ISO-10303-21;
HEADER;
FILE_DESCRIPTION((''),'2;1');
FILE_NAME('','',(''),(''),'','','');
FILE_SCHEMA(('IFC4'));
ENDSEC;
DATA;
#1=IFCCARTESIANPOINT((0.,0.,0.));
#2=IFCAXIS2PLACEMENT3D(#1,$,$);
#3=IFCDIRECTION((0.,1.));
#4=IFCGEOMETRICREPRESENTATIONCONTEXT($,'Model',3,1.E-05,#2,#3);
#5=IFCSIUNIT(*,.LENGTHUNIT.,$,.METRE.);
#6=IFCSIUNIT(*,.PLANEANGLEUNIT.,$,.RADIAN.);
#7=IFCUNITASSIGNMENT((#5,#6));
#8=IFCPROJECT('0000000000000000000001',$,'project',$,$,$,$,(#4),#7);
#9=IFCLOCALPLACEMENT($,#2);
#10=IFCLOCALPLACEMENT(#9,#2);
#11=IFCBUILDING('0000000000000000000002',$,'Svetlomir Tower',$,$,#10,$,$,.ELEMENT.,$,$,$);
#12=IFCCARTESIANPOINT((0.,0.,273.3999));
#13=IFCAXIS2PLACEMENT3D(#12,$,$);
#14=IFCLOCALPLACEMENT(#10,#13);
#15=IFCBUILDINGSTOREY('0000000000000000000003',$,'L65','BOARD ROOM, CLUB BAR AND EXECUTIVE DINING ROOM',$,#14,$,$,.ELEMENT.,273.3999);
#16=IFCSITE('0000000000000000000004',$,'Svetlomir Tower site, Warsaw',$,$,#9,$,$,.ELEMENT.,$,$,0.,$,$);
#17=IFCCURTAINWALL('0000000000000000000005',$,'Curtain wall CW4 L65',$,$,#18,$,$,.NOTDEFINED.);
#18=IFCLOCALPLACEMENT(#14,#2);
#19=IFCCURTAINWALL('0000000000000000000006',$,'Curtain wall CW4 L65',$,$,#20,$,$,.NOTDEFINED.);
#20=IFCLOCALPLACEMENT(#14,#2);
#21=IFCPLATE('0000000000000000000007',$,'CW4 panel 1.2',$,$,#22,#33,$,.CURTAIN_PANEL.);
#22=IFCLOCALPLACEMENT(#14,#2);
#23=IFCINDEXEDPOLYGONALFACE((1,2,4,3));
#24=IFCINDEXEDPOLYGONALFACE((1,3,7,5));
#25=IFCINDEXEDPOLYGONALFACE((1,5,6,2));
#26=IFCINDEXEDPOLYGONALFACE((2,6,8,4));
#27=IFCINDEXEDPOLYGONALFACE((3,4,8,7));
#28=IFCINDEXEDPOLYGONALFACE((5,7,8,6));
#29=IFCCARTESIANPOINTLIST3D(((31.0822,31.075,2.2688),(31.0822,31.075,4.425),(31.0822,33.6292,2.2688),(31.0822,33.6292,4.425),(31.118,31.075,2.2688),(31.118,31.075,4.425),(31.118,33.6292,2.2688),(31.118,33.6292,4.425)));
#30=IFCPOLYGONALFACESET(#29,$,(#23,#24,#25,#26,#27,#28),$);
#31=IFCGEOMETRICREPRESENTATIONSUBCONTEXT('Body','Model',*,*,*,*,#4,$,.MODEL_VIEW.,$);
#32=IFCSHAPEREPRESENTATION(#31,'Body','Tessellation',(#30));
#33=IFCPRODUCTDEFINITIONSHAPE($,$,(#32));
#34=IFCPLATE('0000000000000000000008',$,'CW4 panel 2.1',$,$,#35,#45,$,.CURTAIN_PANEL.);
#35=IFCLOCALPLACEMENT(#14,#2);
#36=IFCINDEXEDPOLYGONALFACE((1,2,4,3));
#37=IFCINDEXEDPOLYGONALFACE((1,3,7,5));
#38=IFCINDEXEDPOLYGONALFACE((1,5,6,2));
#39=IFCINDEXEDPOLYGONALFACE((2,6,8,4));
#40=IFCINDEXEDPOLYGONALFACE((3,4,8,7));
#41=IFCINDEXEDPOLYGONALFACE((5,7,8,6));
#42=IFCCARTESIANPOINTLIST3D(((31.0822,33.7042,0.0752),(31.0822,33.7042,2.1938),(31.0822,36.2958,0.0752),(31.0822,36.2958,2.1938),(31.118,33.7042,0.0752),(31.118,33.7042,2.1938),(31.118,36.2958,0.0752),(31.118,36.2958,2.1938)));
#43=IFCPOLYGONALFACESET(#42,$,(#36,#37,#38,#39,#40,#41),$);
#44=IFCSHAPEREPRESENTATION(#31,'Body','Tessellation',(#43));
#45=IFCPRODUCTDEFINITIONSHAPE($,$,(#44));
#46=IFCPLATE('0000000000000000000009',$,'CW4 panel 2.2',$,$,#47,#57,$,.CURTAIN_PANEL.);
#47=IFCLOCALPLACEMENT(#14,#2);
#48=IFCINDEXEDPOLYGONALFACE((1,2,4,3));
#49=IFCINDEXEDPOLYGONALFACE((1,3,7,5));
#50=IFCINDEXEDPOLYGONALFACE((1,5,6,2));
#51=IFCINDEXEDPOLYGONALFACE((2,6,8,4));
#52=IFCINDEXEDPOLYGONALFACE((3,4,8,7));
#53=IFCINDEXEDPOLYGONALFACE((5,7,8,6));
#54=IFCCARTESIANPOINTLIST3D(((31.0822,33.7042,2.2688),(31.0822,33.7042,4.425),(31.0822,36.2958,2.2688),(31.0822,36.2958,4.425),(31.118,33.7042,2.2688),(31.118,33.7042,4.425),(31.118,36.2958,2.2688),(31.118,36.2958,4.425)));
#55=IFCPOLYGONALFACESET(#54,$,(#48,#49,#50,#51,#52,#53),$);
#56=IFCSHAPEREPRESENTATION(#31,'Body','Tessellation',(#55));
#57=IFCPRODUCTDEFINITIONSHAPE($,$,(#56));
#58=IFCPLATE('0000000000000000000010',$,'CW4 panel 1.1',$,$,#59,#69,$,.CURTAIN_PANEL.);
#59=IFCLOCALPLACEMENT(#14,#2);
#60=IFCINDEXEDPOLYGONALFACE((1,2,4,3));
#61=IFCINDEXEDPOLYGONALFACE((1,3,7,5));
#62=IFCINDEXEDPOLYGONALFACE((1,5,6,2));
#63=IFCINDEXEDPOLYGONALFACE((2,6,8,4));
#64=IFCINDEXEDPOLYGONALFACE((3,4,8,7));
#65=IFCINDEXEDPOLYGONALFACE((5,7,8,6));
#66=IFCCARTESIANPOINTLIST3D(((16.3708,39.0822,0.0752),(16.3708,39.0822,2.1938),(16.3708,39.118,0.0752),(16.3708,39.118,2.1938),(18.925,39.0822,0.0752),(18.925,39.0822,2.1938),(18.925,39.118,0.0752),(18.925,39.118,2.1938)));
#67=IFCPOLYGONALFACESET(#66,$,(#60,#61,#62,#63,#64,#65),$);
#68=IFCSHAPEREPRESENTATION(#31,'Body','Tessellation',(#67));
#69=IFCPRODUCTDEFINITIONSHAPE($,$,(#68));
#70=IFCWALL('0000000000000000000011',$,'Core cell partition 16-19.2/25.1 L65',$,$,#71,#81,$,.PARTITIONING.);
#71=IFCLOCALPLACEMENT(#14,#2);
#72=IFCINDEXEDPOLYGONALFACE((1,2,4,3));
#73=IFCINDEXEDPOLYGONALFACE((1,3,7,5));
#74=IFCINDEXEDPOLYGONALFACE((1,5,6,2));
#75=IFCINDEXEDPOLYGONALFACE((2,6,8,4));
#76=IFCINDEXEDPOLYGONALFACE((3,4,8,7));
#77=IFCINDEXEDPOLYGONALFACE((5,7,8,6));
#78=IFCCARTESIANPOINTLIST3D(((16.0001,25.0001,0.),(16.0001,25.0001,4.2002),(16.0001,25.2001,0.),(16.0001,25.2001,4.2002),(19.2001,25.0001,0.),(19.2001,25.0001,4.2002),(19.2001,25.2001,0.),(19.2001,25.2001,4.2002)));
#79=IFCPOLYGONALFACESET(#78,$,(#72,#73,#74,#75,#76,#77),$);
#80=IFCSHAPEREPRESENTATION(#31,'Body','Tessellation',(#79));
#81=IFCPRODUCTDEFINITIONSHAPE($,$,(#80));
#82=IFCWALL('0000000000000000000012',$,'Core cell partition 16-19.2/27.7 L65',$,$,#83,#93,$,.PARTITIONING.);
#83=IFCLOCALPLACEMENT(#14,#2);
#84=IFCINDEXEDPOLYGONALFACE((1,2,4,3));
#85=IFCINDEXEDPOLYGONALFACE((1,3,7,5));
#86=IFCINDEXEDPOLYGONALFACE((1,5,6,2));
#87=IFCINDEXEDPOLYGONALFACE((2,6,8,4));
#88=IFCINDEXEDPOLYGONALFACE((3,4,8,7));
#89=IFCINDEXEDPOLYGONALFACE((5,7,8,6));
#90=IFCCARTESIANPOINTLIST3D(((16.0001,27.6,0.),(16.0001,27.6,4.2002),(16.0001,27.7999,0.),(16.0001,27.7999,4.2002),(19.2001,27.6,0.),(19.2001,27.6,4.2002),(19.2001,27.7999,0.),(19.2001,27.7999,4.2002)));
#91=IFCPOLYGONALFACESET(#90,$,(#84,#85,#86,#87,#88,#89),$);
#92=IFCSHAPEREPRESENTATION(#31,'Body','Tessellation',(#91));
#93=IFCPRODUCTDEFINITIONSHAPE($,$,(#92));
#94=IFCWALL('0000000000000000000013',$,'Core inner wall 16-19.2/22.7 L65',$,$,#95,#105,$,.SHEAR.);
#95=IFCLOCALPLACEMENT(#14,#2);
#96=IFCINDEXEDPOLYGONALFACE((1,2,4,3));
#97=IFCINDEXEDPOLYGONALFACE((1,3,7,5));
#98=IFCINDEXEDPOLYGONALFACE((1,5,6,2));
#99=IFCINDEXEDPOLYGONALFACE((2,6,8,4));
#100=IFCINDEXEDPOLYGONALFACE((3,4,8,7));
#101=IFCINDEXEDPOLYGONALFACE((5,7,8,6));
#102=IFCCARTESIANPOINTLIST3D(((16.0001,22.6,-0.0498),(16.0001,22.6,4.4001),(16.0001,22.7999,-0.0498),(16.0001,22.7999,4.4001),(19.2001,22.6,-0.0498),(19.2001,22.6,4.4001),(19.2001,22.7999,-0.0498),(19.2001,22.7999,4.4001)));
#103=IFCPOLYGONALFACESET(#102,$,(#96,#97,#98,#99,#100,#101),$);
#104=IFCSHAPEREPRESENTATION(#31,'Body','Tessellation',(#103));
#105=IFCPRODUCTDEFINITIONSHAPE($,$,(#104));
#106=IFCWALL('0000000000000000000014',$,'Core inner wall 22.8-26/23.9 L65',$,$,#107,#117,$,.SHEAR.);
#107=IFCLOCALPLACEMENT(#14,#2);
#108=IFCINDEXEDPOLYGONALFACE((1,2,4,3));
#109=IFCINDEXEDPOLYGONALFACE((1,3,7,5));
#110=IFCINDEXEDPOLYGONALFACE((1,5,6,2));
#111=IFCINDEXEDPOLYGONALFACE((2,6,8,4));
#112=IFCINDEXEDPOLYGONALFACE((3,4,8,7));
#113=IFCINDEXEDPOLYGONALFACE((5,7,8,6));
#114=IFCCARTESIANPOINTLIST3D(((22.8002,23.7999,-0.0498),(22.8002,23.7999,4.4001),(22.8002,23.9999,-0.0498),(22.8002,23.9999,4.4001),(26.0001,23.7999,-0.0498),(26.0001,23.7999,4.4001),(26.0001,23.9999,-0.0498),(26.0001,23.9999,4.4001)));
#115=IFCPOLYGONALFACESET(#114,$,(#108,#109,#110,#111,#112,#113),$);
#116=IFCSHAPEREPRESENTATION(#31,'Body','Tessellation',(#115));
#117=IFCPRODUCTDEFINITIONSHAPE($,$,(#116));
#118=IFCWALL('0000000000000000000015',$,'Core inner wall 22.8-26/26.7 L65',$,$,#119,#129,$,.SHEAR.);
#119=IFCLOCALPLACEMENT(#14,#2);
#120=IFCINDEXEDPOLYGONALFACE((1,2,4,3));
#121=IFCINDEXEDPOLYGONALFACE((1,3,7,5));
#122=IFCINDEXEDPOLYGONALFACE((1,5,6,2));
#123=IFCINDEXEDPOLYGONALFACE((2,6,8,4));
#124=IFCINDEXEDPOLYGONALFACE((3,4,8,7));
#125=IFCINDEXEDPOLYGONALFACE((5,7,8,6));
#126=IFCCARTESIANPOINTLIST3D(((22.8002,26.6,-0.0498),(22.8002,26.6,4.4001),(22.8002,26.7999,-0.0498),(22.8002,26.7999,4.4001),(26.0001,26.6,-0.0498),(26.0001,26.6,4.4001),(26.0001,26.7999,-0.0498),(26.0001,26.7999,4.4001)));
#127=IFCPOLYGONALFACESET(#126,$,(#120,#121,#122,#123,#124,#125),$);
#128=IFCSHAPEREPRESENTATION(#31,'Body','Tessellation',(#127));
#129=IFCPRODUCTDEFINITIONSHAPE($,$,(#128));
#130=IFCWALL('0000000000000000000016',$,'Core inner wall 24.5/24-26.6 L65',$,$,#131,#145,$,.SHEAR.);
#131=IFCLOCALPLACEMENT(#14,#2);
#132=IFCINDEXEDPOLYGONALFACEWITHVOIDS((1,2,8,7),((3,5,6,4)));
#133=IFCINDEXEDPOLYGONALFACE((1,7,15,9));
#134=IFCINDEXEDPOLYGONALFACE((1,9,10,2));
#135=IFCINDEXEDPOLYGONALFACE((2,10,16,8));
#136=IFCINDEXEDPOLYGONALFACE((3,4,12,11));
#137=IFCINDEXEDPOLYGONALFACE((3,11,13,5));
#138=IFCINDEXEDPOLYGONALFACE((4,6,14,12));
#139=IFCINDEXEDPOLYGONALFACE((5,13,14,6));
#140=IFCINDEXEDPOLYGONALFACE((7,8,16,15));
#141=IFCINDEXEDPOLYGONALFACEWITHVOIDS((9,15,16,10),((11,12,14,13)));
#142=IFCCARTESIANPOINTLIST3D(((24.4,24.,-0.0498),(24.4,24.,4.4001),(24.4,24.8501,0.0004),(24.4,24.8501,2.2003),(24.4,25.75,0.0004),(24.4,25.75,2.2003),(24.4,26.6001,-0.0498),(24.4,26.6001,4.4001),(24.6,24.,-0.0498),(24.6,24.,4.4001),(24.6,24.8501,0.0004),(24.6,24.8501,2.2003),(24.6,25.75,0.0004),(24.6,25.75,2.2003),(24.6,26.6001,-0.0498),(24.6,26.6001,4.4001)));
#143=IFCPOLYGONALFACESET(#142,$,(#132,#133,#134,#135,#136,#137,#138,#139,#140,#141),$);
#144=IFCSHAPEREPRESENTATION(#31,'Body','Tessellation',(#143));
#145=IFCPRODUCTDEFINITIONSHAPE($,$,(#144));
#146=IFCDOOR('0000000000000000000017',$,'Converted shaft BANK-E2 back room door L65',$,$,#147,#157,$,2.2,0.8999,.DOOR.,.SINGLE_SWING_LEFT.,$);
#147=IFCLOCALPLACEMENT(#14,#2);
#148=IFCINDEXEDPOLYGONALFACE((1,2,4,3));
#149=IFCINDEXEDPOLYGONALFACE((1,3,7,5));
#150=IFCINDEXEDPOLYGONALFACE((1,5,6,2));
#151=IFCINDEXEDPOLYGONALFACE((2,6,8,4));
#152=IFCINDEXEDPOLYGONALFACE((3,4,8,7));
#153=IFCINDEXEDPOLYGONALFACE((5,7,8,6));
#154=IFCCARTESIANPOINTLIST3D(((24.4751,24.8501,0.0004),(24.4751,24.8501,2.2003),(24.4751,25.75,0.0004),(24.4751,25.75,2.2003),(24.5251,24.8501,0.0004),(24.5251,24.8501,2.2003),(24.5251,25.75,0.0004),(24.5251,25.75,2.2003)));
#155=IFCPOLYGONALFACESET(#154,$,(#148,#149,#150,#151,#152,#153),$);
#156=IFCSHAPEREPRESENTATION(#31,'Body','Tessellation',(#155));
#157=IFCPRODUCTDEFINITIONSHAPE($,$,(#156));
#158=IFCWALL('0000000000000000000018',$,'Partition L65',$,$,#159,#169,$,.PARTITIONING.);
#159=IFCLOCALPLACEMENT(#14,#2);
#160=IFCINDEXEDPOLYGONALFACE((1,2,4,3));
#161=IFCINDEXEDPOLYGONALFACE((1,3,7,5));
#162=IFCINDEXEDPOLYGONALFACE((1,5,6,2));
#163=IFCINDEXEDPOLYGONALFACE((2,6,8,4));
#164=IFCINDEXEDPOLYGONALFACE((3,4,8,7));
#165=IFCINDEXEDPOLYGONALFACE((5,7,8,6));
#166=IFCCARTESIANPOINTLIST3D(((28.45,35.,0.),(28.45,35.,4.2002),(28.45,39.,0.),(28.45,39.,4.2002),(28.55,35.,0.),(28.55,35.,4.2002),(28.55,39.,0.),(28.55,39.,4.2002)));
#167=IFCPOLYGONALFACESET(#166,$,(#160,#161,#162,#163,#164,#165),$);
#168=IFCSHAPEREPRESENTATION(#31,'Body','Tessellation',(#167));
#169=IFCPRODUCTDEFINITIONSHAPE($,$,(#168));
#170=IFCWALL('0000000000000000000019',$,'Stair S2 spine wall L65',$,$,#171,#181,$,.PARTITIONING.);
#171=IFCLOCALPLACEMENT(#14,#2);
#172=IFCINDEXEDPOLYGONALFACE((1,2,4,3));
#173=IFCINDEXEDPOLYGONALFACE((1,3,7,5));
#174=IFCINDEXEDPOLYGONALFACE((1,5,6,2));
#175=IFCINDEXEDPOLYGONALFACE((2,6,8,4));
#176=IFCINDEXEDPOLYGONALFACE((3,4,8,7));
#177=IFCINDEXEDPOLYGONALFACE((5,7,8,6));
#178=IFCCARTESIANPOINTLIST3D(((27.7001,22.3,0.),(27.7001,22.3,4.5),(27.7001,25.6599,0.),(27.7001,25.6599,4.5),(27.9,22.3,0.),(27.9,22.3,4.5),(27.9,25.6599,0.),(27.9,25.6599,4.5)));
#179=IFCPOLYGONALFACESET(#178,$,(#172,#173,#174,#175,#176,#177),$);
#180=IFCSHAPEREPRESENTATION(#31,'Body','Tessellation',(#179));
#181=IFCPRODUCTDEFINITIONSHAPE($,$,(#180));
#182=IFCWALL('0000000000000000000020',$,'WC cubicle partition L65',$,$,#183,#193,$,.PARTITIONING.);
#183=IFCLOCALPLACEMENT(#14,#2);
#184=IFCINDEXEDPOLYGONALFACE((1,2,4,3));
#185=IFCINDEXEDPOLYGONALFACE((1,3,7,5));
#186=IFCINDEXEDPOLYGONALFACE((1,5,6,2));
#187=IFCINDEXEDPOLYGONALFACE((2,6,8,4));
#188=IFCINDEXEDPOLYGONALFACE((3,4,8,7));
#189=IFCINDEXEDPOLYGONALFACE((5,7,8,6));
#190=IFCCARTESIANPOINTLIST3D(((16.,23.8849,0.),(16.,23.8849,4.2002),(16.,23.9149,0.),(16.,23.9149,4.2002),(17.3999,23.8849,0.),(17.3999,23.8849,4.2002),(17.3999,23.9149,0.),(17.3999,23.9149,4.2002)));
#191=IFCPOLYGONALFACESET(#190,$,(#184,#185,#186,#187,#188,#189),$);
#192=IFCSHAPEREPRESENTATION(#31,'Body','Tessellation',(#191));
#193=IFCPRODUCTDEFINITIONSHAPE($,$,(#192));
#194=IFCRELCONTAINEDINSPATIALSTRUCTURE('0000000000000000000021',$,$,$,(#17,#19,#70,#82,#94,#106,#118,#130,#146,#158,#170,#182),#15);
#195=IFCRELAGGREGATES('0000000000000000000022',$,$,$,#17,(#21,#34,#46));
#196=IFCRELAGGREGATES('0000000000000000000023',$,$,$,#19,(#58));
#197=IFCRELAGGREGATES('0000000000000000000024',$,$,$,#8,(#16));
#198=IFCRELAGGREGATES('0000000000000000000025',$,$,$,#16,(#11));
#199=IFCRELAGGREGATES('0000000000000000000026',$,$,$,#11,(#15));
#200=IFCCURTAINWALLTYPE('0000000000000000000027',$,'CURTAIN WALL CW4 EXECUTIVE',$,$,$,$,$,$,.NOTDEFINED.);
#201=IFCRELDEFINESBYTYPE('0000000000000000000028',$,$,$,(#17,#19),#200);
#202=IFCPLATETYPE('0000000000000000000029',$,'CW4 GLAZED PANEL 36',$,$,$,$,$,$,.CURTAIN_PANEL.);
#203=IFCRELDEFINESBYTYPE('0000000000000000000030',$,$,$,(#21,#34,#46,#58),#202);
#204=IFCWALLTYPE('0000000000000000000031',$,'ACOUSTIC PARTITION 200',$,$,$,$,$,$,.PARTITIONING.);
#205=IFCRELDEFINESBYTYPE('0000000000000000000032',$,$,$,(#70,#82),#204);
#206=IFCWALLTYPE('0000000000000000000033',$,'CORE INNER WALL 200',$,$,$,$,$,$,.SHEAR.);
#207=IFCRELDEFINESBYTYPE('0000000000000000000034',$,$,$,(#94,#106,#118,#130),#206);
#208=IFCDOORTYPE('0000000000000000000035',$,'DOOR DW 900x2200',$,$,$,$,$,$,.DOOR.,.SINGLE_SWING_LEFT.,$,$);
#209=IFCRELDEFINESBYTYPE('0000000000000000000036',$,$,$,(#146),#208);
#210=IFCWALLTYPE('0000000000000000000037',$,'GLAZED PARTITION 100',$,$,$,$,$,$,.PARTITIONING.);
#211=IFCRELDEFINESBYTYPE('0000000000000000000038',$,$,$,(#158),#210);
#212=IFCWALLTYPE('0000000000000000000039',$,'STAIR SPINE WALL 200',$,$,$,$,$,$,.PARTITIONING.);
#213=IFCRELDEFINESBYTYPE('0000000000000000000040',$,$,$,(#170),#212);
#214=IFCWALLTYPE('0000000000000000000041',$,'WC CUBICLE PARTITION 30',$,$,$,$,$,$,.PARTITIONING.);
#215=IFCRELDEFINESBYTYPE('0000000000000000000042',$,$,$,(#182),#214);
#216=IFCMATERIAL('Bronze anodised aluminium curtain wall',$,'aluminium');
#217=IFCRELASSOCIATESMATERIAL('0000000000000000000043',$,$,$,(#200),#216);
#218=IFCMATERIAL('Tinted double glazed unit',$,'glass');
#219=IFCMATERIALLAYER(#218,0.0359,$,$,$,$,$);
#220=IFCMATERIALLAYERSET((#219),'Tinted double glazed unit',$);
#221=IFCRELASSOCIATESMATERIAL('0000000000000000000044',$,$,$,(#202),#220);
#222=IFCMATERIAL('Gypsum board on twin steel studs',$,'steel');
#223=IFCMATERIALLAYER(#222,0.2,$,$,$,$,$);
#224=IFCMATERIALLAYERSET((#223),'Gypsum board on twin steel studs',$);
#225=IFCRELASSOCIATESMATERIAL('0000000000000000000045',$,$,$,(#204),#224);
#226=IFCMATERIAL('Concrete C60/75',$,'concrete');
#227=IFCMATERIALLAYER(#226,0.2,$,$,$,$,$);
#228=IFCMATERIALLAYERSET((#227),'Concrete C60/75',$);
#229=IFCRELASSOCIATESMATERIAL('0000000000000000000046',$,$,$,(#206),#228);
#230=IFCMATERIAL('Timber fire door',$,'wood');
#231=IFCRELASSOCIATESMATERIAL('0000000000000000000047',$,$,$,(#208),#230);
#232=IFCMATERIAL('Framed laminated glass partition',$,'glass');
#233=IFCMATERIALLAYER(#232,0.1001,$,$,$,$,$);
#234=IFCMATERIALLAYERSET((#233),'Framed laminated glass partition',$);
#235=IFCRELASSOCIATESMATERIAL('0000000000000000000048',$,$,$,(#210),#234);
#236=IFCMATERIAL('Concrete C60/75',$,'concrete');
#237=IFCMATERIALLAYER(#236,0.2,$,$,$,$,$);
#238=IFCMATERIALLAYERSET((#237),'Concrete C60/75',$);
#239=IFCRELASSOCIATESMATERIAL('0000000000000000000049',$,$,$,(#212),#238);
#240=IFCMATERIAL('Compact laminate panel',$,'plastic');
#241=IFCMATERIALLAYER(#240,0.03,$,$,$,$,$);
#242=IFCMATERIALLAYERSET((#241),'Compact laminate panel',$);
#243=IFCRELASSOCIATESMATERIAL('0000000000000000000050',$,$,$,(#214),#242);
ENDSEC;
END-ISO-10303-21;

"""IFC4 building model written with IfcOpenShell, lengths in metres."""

from ifc_helpers import new_model, si_unit, direction, frame, frame_2d, origin, origin_2d, place, context, subcontext, project, spatial, rectangle, extrude, material, layer, layer_set, type_object, element, fill, aggregate, save


model = new_model("IFC4")

# Units and contexts
model_context = context("Model", 3, precision=1e-05, world=origin(), true_north=direction((0.0, 1.0)))
body_context = subcontext(model_context, "Body", "Model", "MODEL_VIEW")
ifc_project = project(units=[si_unit("LENGTHUNIT", "METRE"), si_unit("PLANEANGLEUNIT", "RADIAN")], contexts=[model_context])

# Site, building, storey
site_placement = place(None, origin())
site = spatial("IfcSite", under=ifc_project, at=site_placement, Name="Svetlomir Tower site, Warsaw", CompositionType="ELEMENT", RefElevation=0.0)
building_placement = place(site_placement, origin())
building = spatial("IfcBuilding", under=site, at=building_placement, Name="Svetlomir Tower", CompositionType="ELEMENT")
storey_placement = place(building_placement, frame((0.0, 0.0, 273.3999)))
storey = spatial("IfcBuildingStorey", under=building, at=storey_placement, Name="L65", Description="BOARD ROOM, CLUB BAR AND EXECUTIVE DINING ROOM", CompositionType="ELEMENT", Elevation=273.3999)

# Shared definitions
ifc_material_1 = material(Name="Bronze anodised aluminium curtain wall", Category="aluminium")
curtain_wall_type = type_object("IfcCurtainWallType", Name="CURTAIN WALL CW4 EXECUTIVE", PredefinedType="NOTDEFINED", material=ifc_material_1)

# Curtain wall
curtain_wall_1_placement = place(storey_placement, origin())
curtain_wall_1 = element("IfcCurtainWall", 1, at=curtain_wall_1_placement, inside=storey, type_object=curtain_wall_type, Name="Curtain wall CW4 L65", PredefinedType="NOTDEFINED")

# Curtain wall
curtain_wall_2_placement = place(storey_placement, origin())
curtain_wall_2 = element("IfcCurtainWall", 2, at=curtain_wall_2_placement, inside=storey, type_object=curtain_wall_type, Name="Curtain wall CW4 L65", PredefinedType="NOTDEFINED")

# Plates
ifc_material_2 = material(Name="Tinted double glazed unit", Category="glass")
ifc_layer_1 = layer(ifc_material_2, 0.0359)
ifc_layer_set_1 = layer_set([ifc_layer_1], Name="Tinted double glazed unit")
plate_type = type_object("IfcPlateType", Name="CW4 GLAZED PANEL 36", PredefinedType="CURTAIN_PANEL", material=ifc_layer_set_1)
plate_1_placement = place(storey_placement, frame((31.1001, 32.3521, 2.2688), z_axis=(0.0, 0.0, 1.0), x_axis=(0.0, 1.0, 0.0)))
plate_1 = element("IfcPlate", 3, at=plate_1_placement, type_object=plate_type, Name="CW4 panel 1.2", PredefinedType="CURTAIN_PANEL", context=body_context, shape_type="SweptSolid", body=[
    extrude(rectangle(XDim=2.5542, YDim=0.0359, at=origin_2d()), origin(), (0.0, 0.0, 1.0), 2.1562),
])
plate_2_placement = place(storey_placement, frame((31.1001, 35.0, 0.0752), z_axis=(0.0, 0.0, 1.0), x_axis=(0.0, 1.0, 0.0)))
plate_2 = element("IfcPlate", 4, at=plate_2_placement, type_object=plate_type, Name="CW4 panel 2.1", PredefinedType="CURTAIN_PANEL", context=body_context, shape_type="SweptSolid", body=[
    extrude(rectangle(XDim=2.5916, YDim=0.0359, at=origin_2d()), origin(), (0.0, 0.0, 1.0), 2.1187),
])
plate_3_placement = place(storey_placement, frame((31.1001, 35.0, 2.2688), z_axis=(0.0, 0.0, 1.0), x_axis=(0.0, 1.0, 0.0)))
plate_3 = element("IfcPlate", 5, at=plate_3_placement, type_object=plate_type, Name="CW4 panel 2.2", PredefinedType="CURTAIN_PANEL", context=body_context, shape_type="SweptSolid", body=[
    extrude(rectangle(XDim=2.5916, YDim=0.0359, at=origin_2d()), origin(), (0.0, 0.0, 1.0), 2.1562),
])
aggregate(curtain_wall_1, [plate_1, plate_2, plate_3])
plate_4_placement = place(storey_placement, frame((17.6479, 39.1001, 0.0752), z_axis=(0.0, 0.0, 1.0), x_axis=(-1.0, 0.0, 0.0)))
plate_4 = element("IfcPlate", 6, at=plate_4_placement, type_object=plate_type, Name="CW4 panel 1.1", PredefinedType="CURTAIN_PANEL", context=body_context, shape_type="SweptSolid", body=[
    extrude(rectangle(XDim=2.5542, YDim=0.0359, at=origin_2d()), origin(), (0.0, 0.0, 1.0), 2.1187),
])
aggregate(curtain_wall_2, [plate_4])

# Walls
ifc_material_3 = material(Name="Gypsum board on twin steel studs", Category="steel")
ifc_layer_2 = layer(ifc_material_3, 0.2)
ifc_layer_set_2 = layer_set([ifc_layer_2], Name="Gypsum board on twin steel studs")
wall_type_1 = type_object("IfcWallType", Name="ACOUSTIC PARTITION 200", PredefinedType="PARTITIONING", material=ifc_layer_set_2)
for number, where, z_axis, x_axis, name in (
    (7, (16.0, 25.1001, 0.0), (0.0, 0.0, 1.0), (1.0, 0.0, 0.0), "Core cell partition 16-19.2/25.1 L65"),
    (8, (16.0, 27.7, 0.0), (0.0, 0.0, 1.0), (1.0, 0.0, 0.0), "Core cell partition 16-19.2/27.7 L65"),
):
    element("IfcWall", number, at=place(storey_placement, frame(where, z_axis=z_axis, x_axis=x_axis)), inside=storey, type_object=wall_type_1, Name=name, PredefinedType="PARTITIONING", context=body_context, shape_type="SweptSolid", body=[
        extrude(rectangle(XDim=3.2, YDim=0.2, at=frame_2d((1.6001, 0.0))), origin(), (0.0, 0.0, 1.0), 4.2002),
    ])
ifc_material_4 = material(Name="Concrete C60/75", Category="concrete")
ifc_layer_3 = layer(ifc_material_4, 0.2)
ifc_layer_set_3 = layer_set([ifc_layer_3], Name="Concrete C60/75")
wall_type_2 = type_object("IfcWallType", Name="CORE INNER WALL 200", PredefinedType="SHEAR", material=ifc_layer_set_3)
for number, where, z_axis, x_axis, name in (
    (9, (16.0, 22.7, -0.0498), (0.0, 0.0, 1.0), (1.0, 0.0, 0.0), "Core inner wall 16-19.2/22.7 L65"),
    (10, (22.8, 23.8999, -0.0498), (0.0, 0.0, 1.0), (1.0, 0.0, 0.0), "Core inner wall 22.8-26/23.9 L65"),
    (11, (22.8, 26.7, -0.0498), (0.0, 0.0, 1.0), (1.0, 0.0, 0.0), "Core inner wall 22.8-26/26.7 L65"),
):
    element("IfcWall", number, at=place(storey_placement, frame(where, z_axis=z_axis, x_axis=x_axis)), inside=storey, type_object=wall_type_2, Name=name, PredefinedType="SHEAR", context=body_context, shape_type="SweptSolid", body=[
        extrude(rectangle(XDim=3.2, YDim=0.2, at=frame_2d((1.6001, 0.0))), origin(), (0.0, 0.0, 1.0), 4.45),
    ])

# Wall, opening, door
wall_1_placement = place(storey_placement, frame((24.5, 24.0, -0.0498), z_axis=(0.0, 0.0, 1.0), x_axis=(0.0, 1.0, 0.0)))
wall_1 = element("IfcWall", 12, at=wall_1_placement, inside=storey, type_object=wall_type_2, Name="Core inner wall 24.5/24-26.6 L65", PredefinedType="SHEAR", context=body_context, shape_type="SweptSolid", body=[
    extrude(rectangle(XDim=2.6001, YDim=0.2, at=frame_2d((1.3, 0.0))), origin(), (0.0, 0.0, 1.0), 4.45),
])
opening_placement = place(wall_1_placement, frame((0.8501, 0.0, 0.05)))
opening = element("IfcOpeningElement", 13, at=opening_placement, cuts=wall_1, PredefinedType="OPENING", context=body_context, shape_type="SweptSolid", body=[
    extrude(rectangle(XDim=0.8999, YDim=2.2, at=frame_2d((0.45, 1.1001))), frame((0.0, 0.1099, 0.0), z_axis=(0.0, -1.0, 0.0), x_axis=(1.0, 0.0, 0.0)), (0.0, 0.0, 1.0), 0.22),
])
ifc_material_5 = material(Name="Timber fire door", Category="wood")
door_type = type_object("IfcDoorType", Name="DOOR DW 900x2200", OperationType="SINGLE_SWING_LEFT", PredefinedType="DOOR", material=ifc_material_5)
door_placement = place(opening_placement, origin())
door = element("IfcDoor", 14, at=door_placement, inside=storey, type_object=door_type, Name="Converted shaft BANK-E2 back room door L65", OperationType="SINGLE_SWING_LEFT", OverallHeight=2.2, OverallWidth=0.8999, PredefinedType="DOOR", context=body_context, shape_type="SweptSolid", body=[
    extrude(rectangle(XDim=0.8999, YDim=2.2, at=frame_2d((0.45, 1.1001))), frame((0.0, 0.0249, 0.0), z_axis=(0.0, -1.0, 0.0), x_axis=(1.0, 0.0, 0.0)), (0.0, 0.0, 1.0), 0.05),
])
fill(opening, door)

# Walls
ifc_material_6 = material(Name="Framed laminated glass partition", Category="glass")
ifc_layer_4 = layer(ifc_material_6, 0.1001)
ifc_layer_set_4 = layer_set([ifc_layer_4], Name="Framed laminated glass partition")
wall_type_3 = type_object("IfcWallType", Name="GLAZED PARTITION 100", PredefinedType="PARTITIONING", material=ifc_layer_set_4)
wall_2_placement = place(storey_placement, frame((28.5, 35.0, 0.0), z_axis=(0.0, 0.0, 1.0), x_axis=(0.0, 1.0, 0.0)))
element("IfcWall", 15, at=wall_2_placement, inside=storey, type_object=wall_type_3, Name="Partition L65", PredefinedType="PARTITIONING", context=body_context, shape_type="SweptSolid", body=[
    extrude(rectangle(XDim=4.0, YDim=0.1001, at=frame_2d((2.0, 0.0))), origin(), (0.0, 0.0, 1.0), 4.2002),
])
ifc_material_7 = material(Name="Concrete C60/75", Category="concrete")
ifc_layer_5 = layer(ifc_material_7, 0.2)
ifc_layer_set_5 = layer_set([ifc_layer_5], Name="Concrete C60/75")
wall_type_4 = type_object("IfcWallType", Name="STAIR SPINE WALL 200", PredefinedType="PARTITIONING", material=ifc_layer_set_5)
wall_3_placement = place(storey_placement, frame((27.8, 22.3, 0.0), z_axis=(0.0, 0.0, 1.0), x_axis=(0.0, 1.0, 0.0)))
element("IfcWall", 16, at=wall_3_placement, inside=storey, type_object=wall_type_4, Name="Stair S2 spine wall L65", PredefinedType="PARTITIONING", context=body_context, shape_type="SweptSolid", body=[
    extrude(rectangle(XDim=3.3599, YDim=0.2, at=frame_2d((1.6799, 0.0))), origin(), (0.0, 0.0, 1.0), 4.5),
])
ifc_material_8 = material(Name="Compact laminate panel", Category="plastic")
ifc_layer_6 = layer(ifc_material_8, 0.03)
ifc_layer_set_6 = layer_set([ifc_layer_6], Name="Compact laminate panel")
wall_type_5 = type_object("IfcWallType", Name="WC CUBICLE PARTITION 30", PredefinedType="PARTITIONING", material=ifc_layer_set_6)
wall_4_placement = place(storey_placement, frame((16.0, 23.8999, 0.0), z_axis=(0.0, 0.0, 1.0), x_axis=(1.0, 0.0, 0.0)))
element("IfcWall", 17, at=wall_4_placement, inside=storey, type_object=wall_type_5, Name="WC cubicle partition L65", PredefinedType="PARTITIONING", context=body_context, shape_type="SweptSolid", body=[
    extrude(rectangle(XDim=1.3999, YDim=0.03, at=frame_2d((0.7, 0.0))), origin(), (0.0, 0.0, 1.0), 4.2002),
])

save(model, "model.ifc")
